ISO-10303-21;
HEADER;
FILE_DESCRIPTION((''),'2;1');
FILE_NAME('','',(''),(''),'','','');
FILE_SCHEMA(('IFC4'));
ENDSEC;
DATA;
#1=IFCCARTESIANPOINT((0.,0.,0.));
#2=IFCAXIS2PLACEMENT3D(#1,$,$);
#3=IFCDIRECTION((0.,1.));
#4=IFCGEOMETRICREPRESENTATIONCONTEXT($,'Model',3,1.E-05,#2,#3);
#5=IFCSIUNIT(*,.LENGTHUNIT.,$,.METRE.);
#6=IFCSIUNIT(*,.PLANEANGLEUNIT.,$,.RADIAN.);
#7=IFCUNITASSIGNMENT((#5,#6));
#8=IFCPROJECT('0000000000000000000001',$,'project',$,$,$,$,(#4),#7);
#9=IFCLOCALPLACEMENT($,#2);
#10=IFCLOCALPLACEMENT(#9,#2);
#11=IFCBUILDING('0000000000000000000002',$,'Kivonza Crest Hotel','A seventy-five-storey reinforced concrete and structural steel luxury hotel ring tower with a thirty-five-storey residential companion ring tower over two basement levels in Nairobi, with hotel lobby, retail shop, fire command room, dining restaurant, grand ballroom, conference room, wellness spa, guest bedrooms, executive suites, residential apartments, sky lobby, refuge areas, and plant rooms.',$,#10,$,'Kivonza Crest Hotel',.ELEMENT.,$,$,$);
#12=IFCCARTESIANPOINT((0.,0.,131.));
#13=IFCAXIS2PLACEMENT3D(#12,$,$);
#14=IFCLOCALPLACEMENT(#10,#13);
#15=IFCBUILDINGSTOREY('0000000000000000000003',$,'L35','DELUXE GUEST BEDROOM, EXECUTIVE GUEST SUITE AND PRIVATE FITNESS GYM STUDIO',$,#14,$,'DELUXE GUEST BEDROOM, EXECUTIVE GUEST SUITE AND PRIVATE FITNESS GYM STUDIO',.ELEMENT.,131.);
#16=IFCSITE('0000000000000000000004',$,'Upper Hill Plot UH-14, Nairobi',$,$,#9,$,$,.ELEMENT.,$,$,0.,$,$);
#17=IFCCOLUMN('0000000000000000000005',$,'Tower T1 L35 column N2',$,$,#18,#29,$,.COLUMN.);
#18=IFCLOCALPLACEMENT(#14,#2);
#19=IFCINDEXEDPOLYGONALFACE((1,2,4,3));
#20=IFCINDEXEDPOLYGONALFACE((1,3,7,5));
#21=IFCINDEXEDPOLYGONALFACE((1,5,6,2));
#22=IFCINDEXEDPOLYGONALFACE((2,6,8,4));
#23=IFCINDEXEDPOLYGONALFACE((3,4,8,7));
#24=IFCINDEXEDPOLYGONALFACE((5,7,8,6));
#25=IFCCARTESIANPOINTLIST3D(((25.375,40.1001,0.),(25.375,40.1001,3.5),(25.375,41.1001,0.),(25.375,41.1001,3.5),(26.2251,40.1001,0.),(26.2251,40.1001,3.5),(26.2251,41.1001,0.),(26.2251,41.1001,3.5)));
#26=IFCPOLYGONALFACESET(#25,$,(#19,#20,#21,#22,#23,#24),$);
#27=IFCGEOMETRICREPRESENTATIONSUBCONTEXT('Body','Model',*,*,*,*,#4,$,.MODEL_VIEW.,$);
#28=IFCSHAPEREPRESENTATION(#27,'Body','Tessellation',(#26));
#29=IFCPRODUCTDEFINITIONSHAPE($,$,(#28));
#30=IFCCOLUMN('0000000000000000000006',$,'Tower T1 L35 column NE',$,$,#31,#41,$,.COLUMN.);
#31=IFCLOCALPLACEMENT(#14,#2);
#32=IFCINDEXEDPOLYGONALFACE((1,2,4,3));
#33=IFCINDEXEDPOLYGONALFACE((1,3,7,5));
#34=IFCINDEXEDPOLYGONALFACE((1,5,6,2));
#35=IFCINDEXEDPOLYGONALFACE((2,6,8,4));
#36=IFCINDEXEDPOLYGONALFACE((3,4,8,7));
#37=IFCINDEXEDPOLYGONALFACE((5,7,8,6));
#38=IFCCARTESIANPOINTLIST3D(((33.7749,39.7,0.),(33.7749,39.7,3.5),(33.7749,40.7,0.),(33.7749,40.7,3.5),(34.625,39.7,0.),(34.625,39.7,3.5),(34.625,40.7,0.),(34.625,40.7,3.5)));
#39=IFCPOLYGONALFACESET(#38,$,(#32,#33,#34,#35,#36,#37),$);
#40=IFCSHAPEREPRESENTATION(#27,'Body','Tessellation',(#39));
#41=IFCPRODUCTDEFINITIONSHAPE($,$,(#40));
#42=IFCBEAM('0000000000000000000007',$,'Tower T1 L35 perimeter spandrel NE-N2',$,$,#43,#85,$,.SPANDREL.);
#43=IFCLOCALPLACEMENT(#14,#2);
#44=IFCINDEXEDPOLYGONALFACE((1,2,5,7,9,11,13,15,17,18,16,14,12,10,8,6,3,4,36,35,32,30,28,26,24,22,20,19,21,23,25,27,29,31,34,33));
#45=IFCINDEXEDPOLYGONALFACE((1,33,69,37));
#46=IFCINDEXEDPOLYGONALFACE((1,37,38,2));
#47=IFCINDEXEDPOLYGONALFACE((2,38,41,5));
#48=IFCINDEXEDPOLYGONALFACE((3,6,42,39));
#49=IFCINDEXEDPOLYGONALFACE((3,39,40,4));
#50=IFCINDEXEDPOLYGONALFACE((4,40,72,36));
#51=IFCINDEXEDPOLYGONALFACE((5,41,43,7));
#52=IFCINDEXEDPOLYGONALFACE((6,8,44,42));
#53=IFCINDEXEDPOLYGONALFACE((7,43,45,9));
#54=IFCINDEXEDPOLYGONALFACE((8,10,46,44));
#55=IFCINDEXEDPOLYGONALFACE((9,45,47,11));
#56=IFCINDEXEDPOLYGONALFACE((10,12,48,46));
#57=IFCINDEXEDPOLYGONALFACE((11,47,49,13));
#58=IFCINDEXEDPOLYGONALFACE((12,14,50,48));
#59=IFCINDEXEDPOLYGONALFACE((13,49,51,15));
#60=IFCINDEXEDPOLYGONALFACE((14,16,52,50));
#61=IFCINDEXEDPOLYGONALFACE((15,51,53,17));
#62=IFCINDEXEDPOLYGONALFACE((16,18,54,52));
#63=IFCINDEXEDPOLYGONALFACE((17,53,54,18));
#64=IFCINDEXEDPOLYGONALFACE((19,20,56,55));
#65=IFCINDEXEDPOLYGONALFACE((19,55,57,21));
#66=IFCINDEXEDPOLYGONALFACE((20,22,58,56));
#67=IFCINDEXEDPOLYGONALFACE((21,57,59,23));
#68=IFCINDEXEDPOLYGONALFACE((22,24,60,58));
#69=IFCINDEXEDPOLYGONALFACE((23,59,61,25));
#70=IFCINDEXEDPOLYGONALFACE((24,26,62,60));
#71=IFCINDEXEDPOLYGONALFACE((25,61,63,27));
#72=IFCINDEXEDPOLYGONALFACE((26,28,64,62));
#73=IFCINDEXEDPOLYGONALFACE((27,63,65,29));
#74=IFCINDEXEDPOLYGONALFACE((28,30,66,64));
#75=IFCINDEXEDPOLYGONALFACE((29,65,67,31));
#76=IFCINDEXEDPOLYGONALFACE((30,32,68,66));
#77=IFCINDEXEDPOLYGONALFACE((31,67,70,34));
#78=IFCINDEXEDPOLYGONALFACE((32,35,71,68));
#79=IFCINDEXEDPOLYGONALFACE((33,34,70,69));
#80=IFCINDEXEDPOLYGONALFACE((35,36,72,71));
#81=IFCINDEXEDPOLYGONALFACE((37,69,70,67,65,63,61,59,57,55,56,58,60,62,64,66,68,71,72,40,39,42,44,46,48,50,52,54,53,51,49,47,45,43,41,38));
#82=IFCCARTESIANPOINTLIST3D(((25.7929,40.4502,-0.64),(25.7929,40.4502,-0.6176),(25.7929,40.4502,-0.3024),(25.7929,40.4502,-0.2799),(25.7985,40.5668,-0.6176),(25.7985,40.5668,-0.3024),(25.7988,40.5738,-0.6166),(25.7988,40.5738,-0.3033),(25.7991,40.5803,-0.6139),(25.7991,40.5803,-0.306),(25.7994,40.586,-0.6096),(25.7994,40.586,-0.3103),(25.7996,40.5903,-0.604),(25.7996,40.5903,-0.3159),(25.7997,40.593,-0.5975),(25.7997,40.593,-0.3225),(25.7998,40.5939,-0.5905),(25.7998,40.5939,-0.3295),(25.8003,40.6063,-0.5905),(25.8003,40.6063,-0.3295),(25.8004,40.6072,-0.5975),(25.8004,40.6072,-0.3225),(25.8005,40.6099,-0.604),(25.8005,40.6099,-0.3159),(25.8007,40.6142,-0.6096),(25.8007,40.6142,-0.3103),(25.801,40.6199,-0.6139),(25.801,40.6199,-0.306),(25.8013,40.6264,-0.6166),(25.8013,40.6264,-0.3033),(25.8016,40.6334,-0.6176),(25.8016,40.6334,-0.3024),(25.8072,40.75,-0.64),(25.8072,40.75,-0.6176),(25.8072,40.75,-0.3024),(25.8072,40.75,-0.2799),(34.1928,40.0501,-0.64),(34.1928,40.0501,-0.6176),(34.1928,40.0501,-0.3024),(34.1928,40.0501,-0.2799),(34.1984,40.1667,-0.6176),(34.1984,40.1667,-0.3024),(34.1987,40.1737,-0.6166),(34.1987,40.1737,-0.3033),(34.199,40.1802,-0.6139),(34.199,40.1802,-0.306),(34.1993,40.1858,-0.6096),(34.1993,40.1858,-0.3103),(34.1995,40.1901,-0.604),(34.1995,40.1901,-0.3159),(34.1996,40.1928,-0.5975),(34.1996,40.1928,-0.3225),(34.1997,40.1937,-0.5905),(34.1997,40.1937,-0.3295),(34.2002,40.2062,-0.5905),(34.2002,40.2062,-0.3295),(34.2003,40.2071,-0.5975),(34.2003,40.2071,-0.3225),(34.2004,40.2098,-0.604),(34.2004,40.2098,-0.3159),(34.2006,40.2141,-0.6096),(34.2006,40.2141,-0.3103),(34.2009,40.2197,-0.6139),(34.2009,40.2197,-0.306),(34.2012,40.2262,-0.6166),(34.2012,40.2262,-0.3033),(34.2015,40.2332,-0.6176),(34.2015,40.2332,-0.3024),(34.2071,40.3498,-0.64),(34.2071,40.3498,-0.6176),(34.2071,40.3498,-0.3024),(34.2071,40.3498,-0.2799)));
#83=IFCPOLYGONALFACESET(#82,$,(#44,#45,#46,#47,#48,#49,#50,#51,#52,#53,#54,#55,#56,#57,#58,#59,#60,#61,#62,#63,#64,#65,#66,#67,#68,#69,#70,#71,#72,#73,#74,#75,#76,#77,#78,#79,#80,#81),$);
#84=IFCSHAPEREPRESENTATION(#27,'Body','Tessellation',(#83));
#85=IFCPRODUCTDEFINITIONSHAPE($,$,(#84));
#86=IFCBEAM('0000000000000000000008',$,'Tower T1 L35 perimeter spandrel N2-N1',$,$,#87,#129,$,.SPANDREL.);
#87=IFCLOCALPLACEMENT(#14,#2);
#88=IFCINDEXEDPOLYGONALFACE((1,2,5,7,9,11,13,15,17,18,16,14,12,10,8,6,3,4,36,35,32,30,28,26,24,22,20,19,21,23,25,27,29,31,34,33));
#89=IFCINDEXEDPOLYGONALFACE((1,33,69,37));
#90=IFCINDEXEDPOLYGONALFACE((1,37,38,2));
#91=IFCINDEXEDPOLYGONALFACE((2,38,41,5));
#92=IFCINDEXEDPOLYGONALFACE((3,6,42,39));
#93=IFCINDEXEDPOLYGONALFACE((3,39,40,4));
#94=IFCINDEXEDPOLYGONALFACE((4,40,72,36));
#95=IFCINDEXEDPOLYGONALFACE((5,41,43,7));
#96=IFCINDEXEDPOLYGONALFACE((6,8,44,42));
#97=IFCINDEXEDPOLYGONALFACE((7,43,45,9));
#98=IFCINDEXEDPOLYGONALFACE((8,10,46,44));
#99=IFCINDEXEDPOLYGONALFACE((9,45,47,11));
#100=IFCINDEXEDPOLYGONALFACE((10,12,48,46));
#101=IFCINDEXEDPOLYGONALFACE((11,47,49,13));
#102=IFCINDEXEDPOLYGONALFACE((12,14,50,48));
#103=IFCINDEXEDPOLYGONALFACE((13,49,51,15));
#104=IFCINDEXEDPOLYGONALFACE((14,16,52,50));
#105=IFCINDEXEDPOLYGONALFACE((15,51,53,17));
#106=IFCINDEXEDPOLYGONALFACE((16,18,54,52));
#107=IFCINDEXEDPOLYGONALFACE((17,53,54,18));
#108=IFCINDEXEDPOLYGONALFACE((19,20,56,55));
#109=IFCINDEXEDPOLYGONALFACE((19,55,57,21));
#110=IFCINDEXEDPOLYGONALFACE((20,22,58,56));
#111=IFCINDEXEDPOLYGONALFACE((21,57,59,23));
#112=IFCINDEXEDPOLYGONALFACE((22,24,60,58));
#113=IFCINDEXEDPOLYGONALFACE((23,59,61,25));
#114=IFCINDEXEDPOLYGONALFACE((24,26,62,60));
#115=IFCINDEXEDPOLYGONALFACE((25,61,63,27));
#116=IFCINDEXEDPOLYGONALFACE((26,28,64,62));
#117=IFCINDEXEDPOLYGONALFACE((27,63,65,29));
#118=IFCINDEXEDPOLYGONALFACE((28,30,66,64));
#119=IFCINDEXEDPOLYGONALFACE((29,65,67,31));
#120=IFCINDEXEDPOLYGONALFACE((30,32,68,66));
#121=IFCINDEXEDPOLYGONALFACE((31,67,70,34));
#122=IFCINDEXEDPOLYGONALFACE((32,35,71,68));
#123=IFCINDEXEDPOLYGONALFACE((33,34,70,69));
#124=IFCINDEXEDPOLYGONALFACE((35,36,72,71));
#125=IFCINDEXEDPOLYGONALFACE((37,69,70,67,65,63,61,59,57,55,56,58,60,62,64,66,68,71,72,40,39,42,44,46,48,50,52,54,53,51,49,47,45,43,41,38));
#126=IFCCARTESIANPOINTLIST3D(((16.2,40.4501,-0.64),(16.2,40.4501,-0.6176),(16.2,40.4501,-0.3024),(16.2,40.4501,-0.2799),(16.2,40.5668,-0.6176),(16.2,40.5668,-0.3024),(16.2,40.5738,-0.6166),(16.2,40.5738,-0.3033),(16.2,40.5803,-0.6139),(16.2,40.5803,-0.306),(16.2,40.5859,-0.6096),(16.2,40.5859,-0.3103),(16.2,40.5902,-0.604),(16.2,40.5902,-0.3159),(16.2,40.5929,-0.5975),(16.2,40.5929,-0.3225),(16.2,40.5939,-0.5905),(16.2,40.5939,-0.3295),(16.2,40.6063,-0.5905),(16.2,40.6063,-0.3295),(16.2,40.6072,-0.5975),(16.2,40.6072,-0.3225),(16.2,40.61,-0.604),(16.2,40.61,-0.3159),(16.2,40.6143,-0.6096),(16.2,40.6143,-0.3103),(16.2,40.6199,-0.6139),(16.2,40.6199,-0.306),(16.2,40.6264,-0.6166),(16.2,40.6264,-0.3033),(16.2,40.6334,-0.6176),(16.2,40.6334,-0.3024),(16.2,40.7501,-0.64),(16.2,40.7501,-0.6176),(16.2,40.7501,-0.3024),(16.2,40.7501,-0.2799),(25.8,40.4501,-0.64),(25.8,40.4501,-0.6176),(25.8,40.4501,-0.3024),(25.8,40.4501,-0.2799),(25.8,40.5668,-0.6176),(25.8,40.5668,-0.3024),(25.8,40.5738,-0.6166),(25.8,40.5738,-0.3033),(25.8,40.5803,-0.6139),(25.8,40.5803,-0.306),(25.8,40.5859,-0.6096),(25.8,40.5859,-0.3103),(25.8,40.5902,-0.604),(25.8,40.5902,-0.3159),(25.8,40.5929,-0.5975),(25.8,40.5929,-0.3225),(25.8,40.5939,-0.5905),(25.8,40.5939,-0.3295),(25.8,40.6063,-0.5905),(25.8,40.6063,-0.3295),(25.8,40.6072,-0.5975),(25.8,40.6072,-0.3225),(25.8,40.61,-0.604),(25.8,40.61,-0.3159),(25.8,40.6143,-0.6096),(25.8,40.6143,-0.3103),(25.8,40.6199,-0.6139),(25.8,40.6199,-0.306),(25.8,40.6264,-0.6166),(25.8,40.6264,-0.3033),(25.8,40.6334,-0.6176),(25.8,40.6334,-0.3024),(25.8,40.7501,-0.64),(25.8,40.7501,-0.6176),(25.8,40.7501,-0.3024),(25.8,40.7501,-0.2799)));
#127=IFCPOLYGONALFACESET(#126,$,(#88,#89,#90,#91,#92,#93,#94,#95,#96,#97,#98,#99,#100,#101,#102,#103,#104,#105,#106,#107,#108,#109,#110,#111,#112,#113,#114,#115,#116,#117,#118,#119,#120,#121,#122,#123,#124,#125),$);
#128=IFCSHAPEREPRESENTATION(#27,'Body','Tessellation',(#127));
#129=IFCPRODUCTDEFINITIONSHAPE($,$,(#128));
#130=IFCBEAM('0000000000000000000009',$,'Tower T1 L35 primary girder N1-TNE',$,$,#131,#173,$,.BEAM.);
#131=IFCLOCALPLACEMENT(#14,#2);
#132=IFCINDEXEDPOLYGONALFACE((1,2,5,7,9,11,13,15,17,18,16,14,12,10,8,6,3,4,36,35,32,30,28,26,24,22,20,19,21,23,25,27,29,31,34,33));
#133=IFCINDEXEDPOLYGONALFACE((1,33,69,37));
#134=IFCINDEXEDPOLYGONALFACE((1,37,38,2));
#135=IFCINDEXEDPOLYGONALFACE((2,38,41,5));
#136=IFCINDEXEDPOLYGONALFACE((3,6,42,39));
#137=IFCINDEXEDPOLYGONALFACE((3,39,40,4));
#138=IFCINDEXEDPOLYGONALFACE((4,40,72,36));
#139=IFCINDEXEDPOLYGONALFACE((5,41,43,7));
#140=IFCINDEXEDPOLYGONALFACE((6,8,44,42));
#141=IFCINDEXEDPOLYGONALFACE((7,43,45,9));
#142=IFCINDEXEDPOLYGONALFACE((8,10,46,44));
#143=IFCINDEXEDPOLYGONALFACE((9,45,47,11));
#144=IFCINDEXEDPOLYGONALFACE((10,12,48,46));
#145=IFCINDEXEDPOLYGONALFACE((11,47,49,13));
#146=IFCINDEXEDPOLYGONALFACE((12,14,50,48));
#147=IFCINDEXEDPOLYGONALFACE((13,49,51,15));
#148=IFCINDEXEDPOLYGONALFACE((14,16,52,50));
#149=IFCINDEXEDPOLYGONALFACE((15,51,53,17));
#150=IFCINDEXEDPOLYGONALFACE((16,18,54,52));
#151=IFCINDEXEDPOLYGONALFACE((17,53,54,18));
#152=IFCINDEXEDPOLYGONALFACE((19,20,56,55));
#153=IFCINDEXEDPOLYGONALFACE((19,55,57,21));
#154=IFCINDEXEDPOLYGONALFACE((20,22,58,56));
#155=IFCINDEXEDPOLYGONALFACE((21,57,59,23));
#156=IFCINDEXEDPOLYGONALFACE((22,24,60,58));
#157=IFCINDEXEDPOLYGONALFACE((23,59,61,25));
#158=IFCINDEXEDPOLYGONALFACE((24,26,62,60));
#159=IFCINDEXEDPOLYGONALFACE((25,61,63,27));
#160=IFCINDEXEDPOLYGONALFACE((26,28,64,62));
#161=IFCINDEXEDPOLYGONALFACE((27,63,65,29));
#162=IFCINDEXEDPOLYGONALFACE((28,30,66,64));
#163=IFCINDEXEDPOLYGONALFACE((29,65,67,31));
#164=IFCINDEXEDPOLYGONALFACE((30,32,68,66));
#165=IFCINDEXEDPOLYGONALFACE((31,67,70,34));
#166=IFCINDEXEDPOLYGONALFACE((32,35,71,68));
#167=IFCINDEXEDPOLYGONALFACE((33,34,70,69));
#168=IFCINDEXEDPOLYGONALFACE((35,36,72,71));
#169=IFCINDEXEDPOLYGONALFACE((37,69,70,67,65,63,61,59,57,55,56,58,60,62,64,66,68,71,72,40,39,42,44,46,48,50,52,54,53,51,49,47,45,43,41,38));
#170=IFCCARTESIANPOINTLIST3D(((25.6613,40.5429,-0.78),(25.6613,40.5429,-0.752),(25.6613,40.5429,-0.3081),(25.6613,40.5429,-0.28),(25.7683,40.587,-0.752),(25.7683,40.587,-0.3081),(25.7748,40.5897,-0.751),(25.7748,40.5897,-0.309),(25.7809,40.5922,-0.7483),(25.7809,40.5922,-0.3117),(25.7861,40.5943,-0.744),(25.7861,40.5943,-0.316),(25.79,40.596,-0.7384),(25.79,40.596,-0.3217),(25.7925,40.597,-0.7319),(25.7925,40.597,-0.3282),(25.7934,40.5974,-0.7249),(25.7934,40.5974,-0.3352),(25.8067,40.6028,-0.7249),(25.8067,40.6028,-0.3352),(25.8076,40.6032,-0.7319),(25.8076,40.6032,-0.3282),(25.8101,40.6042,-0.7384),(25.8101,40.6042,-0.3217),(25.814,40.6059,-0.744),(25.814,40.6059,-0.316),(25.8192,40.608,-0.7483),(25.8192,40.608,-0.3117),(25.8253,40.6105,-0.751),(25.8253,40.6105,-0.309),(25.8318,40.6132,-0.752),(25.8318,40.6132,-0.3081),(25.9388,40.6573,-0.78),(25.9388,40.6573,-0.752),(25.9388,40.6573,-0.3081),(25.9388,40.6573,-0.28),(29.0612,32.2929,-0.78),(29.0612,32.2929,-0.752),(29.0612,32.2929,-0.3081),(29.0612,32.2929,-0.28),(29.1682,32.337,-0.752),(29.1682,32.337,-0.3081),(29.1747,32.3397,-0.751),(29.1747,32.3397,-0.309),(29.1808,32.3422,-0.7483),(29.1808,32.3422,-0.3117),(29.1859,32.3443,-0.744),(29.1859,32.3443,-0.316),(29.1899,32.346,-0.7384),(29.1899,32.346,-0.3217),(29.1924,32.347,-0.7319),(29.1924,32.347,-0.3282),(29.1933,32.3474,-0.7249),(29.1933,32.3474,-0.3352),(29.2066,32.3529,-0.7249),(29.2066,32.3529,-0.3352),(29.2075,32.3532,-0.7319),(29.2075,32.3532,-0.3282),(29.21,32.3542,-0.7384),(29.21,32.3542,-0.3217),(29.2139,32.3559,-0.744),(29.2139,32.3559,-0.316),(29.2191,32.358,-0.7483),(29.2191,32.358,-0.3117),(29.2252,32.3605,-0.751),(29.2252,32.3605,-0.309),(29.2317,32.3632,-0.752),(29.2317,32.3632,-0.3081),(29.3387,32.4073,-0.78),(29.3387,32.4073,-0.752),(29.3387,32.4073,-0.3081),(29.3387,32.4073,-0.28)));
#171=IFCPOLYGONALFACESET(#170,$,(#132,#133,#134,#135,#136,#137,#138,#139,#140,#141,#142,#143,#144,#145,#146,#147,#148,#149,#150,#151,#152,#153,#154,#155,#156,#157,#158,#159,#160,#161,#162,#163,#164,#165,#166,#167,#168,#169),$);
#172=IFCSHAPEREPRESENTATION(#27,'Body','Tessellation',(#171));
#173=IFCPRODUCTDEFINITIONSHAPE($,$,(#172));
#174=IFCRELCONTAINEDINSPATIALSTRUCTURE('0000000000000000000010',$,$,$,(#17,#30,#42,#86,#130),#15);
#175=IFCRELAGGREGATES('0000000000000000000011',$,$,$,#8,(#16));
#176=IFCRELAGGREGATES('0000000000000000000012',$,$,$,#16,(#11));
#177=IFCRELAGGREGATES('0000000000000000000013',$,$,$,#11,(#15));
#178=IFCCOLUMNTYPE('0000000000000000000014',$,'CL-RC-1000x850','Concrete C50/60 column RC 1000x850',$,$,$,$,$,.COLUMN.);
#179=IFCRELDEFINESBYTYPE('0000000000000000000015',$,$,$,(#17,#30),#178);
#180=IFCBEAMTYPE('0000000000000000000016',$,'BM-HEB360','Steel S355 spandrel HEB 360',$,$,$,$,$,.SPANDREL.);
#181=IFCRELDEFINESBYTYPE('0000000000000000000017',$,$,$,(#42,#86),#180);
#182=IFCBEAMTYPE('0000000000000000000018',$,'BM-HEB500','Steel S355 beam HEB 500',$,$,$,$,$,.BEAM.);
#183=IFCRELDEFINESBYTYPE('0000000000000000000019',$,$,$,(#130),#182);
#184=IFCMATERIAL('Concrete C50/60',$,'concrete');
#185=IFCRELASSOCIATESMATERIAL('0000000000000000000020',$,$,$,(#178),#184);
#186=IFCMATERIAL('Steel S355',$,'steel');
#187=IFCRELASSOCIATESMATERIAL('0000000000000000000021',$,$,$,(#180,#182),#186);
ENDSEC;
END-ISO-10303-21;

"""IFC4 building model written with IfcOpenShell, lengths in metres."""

from ifc_helpers import new_model, si_unit, direction, frame, origin, origin_2d, place, context, subcontext, project, spatial, rectangle, i_section, extrude, material, material_profile, profile_set, type_object, element, save


model = new_model("IFC4")

# Units and contexts
model_context = context("Model", 3, precision=1e-05, world=origin(), true_north=direction((0.0, 1.0)))
body_context = subcontext(model_context, "Body", "Model", "MODEL_VIEW")
ifc_project = project(units=[si_unit("LENGTHUNIT", "METRE"), si_unit("PLANEANGLEUNIT", "RADIAN")], contexts=[model_context])

# Site, building, storey
site_placement = place(None, origin())
site = spatial("IfcSite", under=ifc_project, at=site_placement, Name="Upper Hill Plot UH-14, Nairobi", CompositionType="ELEMENT", RefElevation=0.0)
building_placement = place(site_placement, origin())
building = spatial("IfcBuilding", under=site, at=building_placement, Name="Kivonza Crest Hotel", Description="A seventy-five-storey reinforced concrete and structural steel luxury hotel ring tower with a thirty-five-storey residential companion ring tower over two basement levels in Nairobi, with hotel lobby, retail shop, fire command room, dining restaurant, grand ballroom, conference room, wellness spa, guest bedrooms, executive suites, residential apartments, sky lobby, refuge areas, and plant rooms.", LongName="Kivonza Crest Hotel", CompositionType="ELEMENT")
storey_placement = place(building_placement, frame((0.0, 0.0, 131.0)))
storey = spatial("IfcBuildingStorey", under=building, at=storey_placement, Name="L35", Description="DELUXE GUEST BEDROOM, EXECUTIVE GUEST SUITE AND PRIVATE FITNESS GYM STUDIO", LongName="DELUXE GUEST BEDROOM, EXECUTIVE GUEST SUITE AND PRIVATE FITNESS GYM STUDIO", CompositionType="ELEMENT", Elevation=131.0)

# Columns
ifc_material_1 = material(Name="Concrete C50/60", Category="concrete")
ifc_material_profile_1 = material_profile(ifc_material_1, rectangle(XDim=0.8501, YDim=1.0, at=origin_2d()), Name="RC 1000x850")
ifc_profile_set_1 = profile_set([ifc_material_profile_1], Name="Concrete C50/60")
column_type = type_object("IfcColumnType", Name="CL-RC-1000x850", Description="Concrete C50/60 column RC 1000x850", PredefinedType="COLUMN", material=ifc_profile_set_1)
for number, where, z_axis, x_axis, name in (
    (1, (25.8, 40.6001, 0.0), (0.0, 0.0, 1.0), (1.0, 0.0, 0.0), "Tower T1 L35 column N2"),
    (2, (34.2, 40.2, 0.0), (0.0, 0.0, 1.0), (1.0, 0.0, 0.0), "Tower T1 L35 column NE"),
):
    element("IfcColumn", number, at=place(storey_placement, frame(where, z_axis=z_axis, x_axis=x_axis)), inside=storey, type_object=column_type, Name=name, PredefinedType="COLUMN", context=body_context, shape_type="SweptSolid", body=[
        extrude(rectangle(XDim=0.8501, YDim=1.0, at=origin_2d()), origin(), (0.0, 0.0, 1.0), 3.5),
    ])

# Beams
ifc_material_2 = material(Name="Steel S355", Category="steel")
ifc_material_profile_2 = material_profile(ifc_material_2, i_section(OverallWidth=0.3, OverallDepth=0.3601, WebThickness=0.0125, FlangeThickness=0.0225, FilletRadius=0.0271, at=origin_2d()), Name="HEB 360")
ifc_profile_set_2 = profile_set([ifc_material_profile_2], Name="Steel S355")
beam_type_1 = type_object("IfcBeamType", Name="BM-HEB360", Description="Steel S355 spandrel HEB 360", PredefinedType="SPANDREL", material=ifc_profile_set_2)
beam_1_placement = place(storey_placement, frame((34.2, 40.2, -0.46), z_axis=(-0.998867, 0.047583, 0.0), x_axis=(-0.047583, -0.998867, 0.0)))
element("IfcBeam", 3, at=beam_1_placement, inside=storey, type_object=beam_type_1, Name="Tower T1 L35 perimeter spandrel NE-N2", PredefinedType="SPANDREL", context=body_context, shape_type="SweptSolid", body=[
    extrude(i_section(OverallWidth=0.3, OverallDepth=0.3601, WebThickness=0.0125, FlangeThickness=0.0225, FilletRadius=0.0271, at=origin_2d()), origin(), (0.0, 0.0, 1.0), 8.4094),
])
beam_2_placement = place(storey_placement, frame((25.8, 40.6001, -0.46), z_axis=(-1.0, 0.0, 0.0), x_axis=(0.0, -1.0, 0.0)))
element("IfcBeam", 4, at=beam_2_placement, inside=storey, type_object=beam_type_1, Name="Tower T1 L35 perimeter spandrel N2-N1", PredefinedType="SPANDREL", context=body_context, shape_type="SweptSolid", body=[
    extrude(i_section(OverallWidth=0.3, OverallDepth=0.3601, WebThickness=0.0125, FlangeThickness=0.0225, FilletRadius=0.0271, at=origin_2d()), origin(), (0.0, 0.0, 1.0), 9.6001),
])
ifc_material_profile_3 = material_profile(ifc_material_2, i_section(OverallWidth=0.3, OverallDepth=0.5, WebThickness=0.0144, FlangeThickness=0.0281, FilletRadius=0.0271, at=origin_2d()), Name="HEB 500")
ifc_profile_set_3 = profile_set([ifc_material_profile_3], Name="Steel S355")
beam_type_2 = type_object("IfcBeamType", Name="BM-HEB500", Description="Steel S355 beam HEB 500", PredefinedType="BEAM", material=ifc_profile_set_3)
beam_3_placement = place(storey_placement, frame((25.8, 40.6001, -0.53), z_axis=(0.381022, -0.924566, 0.0), x_axis=(0.924566, 0.381022, 0.0)))
element("IfcBeam", 5, at=beam_3_placement, inside=storey, type_object=beam_type_2, Name="Tower T1 L35 primary girder N1-TNE", PredefinedType="BEAM", context=body_context, shape_type="SweptSolid", body=[
    extrude(i_section(OverallWidth=0.3, OverallDepth=0.5, WebThickness=0.0144, FlangeThickness=0.0281, FilletRadius=0.0271, at=origin_2d()), origin(), (0.0, 0.0, 1.0), 8.9231),
])

save(model, "model.ifc")
